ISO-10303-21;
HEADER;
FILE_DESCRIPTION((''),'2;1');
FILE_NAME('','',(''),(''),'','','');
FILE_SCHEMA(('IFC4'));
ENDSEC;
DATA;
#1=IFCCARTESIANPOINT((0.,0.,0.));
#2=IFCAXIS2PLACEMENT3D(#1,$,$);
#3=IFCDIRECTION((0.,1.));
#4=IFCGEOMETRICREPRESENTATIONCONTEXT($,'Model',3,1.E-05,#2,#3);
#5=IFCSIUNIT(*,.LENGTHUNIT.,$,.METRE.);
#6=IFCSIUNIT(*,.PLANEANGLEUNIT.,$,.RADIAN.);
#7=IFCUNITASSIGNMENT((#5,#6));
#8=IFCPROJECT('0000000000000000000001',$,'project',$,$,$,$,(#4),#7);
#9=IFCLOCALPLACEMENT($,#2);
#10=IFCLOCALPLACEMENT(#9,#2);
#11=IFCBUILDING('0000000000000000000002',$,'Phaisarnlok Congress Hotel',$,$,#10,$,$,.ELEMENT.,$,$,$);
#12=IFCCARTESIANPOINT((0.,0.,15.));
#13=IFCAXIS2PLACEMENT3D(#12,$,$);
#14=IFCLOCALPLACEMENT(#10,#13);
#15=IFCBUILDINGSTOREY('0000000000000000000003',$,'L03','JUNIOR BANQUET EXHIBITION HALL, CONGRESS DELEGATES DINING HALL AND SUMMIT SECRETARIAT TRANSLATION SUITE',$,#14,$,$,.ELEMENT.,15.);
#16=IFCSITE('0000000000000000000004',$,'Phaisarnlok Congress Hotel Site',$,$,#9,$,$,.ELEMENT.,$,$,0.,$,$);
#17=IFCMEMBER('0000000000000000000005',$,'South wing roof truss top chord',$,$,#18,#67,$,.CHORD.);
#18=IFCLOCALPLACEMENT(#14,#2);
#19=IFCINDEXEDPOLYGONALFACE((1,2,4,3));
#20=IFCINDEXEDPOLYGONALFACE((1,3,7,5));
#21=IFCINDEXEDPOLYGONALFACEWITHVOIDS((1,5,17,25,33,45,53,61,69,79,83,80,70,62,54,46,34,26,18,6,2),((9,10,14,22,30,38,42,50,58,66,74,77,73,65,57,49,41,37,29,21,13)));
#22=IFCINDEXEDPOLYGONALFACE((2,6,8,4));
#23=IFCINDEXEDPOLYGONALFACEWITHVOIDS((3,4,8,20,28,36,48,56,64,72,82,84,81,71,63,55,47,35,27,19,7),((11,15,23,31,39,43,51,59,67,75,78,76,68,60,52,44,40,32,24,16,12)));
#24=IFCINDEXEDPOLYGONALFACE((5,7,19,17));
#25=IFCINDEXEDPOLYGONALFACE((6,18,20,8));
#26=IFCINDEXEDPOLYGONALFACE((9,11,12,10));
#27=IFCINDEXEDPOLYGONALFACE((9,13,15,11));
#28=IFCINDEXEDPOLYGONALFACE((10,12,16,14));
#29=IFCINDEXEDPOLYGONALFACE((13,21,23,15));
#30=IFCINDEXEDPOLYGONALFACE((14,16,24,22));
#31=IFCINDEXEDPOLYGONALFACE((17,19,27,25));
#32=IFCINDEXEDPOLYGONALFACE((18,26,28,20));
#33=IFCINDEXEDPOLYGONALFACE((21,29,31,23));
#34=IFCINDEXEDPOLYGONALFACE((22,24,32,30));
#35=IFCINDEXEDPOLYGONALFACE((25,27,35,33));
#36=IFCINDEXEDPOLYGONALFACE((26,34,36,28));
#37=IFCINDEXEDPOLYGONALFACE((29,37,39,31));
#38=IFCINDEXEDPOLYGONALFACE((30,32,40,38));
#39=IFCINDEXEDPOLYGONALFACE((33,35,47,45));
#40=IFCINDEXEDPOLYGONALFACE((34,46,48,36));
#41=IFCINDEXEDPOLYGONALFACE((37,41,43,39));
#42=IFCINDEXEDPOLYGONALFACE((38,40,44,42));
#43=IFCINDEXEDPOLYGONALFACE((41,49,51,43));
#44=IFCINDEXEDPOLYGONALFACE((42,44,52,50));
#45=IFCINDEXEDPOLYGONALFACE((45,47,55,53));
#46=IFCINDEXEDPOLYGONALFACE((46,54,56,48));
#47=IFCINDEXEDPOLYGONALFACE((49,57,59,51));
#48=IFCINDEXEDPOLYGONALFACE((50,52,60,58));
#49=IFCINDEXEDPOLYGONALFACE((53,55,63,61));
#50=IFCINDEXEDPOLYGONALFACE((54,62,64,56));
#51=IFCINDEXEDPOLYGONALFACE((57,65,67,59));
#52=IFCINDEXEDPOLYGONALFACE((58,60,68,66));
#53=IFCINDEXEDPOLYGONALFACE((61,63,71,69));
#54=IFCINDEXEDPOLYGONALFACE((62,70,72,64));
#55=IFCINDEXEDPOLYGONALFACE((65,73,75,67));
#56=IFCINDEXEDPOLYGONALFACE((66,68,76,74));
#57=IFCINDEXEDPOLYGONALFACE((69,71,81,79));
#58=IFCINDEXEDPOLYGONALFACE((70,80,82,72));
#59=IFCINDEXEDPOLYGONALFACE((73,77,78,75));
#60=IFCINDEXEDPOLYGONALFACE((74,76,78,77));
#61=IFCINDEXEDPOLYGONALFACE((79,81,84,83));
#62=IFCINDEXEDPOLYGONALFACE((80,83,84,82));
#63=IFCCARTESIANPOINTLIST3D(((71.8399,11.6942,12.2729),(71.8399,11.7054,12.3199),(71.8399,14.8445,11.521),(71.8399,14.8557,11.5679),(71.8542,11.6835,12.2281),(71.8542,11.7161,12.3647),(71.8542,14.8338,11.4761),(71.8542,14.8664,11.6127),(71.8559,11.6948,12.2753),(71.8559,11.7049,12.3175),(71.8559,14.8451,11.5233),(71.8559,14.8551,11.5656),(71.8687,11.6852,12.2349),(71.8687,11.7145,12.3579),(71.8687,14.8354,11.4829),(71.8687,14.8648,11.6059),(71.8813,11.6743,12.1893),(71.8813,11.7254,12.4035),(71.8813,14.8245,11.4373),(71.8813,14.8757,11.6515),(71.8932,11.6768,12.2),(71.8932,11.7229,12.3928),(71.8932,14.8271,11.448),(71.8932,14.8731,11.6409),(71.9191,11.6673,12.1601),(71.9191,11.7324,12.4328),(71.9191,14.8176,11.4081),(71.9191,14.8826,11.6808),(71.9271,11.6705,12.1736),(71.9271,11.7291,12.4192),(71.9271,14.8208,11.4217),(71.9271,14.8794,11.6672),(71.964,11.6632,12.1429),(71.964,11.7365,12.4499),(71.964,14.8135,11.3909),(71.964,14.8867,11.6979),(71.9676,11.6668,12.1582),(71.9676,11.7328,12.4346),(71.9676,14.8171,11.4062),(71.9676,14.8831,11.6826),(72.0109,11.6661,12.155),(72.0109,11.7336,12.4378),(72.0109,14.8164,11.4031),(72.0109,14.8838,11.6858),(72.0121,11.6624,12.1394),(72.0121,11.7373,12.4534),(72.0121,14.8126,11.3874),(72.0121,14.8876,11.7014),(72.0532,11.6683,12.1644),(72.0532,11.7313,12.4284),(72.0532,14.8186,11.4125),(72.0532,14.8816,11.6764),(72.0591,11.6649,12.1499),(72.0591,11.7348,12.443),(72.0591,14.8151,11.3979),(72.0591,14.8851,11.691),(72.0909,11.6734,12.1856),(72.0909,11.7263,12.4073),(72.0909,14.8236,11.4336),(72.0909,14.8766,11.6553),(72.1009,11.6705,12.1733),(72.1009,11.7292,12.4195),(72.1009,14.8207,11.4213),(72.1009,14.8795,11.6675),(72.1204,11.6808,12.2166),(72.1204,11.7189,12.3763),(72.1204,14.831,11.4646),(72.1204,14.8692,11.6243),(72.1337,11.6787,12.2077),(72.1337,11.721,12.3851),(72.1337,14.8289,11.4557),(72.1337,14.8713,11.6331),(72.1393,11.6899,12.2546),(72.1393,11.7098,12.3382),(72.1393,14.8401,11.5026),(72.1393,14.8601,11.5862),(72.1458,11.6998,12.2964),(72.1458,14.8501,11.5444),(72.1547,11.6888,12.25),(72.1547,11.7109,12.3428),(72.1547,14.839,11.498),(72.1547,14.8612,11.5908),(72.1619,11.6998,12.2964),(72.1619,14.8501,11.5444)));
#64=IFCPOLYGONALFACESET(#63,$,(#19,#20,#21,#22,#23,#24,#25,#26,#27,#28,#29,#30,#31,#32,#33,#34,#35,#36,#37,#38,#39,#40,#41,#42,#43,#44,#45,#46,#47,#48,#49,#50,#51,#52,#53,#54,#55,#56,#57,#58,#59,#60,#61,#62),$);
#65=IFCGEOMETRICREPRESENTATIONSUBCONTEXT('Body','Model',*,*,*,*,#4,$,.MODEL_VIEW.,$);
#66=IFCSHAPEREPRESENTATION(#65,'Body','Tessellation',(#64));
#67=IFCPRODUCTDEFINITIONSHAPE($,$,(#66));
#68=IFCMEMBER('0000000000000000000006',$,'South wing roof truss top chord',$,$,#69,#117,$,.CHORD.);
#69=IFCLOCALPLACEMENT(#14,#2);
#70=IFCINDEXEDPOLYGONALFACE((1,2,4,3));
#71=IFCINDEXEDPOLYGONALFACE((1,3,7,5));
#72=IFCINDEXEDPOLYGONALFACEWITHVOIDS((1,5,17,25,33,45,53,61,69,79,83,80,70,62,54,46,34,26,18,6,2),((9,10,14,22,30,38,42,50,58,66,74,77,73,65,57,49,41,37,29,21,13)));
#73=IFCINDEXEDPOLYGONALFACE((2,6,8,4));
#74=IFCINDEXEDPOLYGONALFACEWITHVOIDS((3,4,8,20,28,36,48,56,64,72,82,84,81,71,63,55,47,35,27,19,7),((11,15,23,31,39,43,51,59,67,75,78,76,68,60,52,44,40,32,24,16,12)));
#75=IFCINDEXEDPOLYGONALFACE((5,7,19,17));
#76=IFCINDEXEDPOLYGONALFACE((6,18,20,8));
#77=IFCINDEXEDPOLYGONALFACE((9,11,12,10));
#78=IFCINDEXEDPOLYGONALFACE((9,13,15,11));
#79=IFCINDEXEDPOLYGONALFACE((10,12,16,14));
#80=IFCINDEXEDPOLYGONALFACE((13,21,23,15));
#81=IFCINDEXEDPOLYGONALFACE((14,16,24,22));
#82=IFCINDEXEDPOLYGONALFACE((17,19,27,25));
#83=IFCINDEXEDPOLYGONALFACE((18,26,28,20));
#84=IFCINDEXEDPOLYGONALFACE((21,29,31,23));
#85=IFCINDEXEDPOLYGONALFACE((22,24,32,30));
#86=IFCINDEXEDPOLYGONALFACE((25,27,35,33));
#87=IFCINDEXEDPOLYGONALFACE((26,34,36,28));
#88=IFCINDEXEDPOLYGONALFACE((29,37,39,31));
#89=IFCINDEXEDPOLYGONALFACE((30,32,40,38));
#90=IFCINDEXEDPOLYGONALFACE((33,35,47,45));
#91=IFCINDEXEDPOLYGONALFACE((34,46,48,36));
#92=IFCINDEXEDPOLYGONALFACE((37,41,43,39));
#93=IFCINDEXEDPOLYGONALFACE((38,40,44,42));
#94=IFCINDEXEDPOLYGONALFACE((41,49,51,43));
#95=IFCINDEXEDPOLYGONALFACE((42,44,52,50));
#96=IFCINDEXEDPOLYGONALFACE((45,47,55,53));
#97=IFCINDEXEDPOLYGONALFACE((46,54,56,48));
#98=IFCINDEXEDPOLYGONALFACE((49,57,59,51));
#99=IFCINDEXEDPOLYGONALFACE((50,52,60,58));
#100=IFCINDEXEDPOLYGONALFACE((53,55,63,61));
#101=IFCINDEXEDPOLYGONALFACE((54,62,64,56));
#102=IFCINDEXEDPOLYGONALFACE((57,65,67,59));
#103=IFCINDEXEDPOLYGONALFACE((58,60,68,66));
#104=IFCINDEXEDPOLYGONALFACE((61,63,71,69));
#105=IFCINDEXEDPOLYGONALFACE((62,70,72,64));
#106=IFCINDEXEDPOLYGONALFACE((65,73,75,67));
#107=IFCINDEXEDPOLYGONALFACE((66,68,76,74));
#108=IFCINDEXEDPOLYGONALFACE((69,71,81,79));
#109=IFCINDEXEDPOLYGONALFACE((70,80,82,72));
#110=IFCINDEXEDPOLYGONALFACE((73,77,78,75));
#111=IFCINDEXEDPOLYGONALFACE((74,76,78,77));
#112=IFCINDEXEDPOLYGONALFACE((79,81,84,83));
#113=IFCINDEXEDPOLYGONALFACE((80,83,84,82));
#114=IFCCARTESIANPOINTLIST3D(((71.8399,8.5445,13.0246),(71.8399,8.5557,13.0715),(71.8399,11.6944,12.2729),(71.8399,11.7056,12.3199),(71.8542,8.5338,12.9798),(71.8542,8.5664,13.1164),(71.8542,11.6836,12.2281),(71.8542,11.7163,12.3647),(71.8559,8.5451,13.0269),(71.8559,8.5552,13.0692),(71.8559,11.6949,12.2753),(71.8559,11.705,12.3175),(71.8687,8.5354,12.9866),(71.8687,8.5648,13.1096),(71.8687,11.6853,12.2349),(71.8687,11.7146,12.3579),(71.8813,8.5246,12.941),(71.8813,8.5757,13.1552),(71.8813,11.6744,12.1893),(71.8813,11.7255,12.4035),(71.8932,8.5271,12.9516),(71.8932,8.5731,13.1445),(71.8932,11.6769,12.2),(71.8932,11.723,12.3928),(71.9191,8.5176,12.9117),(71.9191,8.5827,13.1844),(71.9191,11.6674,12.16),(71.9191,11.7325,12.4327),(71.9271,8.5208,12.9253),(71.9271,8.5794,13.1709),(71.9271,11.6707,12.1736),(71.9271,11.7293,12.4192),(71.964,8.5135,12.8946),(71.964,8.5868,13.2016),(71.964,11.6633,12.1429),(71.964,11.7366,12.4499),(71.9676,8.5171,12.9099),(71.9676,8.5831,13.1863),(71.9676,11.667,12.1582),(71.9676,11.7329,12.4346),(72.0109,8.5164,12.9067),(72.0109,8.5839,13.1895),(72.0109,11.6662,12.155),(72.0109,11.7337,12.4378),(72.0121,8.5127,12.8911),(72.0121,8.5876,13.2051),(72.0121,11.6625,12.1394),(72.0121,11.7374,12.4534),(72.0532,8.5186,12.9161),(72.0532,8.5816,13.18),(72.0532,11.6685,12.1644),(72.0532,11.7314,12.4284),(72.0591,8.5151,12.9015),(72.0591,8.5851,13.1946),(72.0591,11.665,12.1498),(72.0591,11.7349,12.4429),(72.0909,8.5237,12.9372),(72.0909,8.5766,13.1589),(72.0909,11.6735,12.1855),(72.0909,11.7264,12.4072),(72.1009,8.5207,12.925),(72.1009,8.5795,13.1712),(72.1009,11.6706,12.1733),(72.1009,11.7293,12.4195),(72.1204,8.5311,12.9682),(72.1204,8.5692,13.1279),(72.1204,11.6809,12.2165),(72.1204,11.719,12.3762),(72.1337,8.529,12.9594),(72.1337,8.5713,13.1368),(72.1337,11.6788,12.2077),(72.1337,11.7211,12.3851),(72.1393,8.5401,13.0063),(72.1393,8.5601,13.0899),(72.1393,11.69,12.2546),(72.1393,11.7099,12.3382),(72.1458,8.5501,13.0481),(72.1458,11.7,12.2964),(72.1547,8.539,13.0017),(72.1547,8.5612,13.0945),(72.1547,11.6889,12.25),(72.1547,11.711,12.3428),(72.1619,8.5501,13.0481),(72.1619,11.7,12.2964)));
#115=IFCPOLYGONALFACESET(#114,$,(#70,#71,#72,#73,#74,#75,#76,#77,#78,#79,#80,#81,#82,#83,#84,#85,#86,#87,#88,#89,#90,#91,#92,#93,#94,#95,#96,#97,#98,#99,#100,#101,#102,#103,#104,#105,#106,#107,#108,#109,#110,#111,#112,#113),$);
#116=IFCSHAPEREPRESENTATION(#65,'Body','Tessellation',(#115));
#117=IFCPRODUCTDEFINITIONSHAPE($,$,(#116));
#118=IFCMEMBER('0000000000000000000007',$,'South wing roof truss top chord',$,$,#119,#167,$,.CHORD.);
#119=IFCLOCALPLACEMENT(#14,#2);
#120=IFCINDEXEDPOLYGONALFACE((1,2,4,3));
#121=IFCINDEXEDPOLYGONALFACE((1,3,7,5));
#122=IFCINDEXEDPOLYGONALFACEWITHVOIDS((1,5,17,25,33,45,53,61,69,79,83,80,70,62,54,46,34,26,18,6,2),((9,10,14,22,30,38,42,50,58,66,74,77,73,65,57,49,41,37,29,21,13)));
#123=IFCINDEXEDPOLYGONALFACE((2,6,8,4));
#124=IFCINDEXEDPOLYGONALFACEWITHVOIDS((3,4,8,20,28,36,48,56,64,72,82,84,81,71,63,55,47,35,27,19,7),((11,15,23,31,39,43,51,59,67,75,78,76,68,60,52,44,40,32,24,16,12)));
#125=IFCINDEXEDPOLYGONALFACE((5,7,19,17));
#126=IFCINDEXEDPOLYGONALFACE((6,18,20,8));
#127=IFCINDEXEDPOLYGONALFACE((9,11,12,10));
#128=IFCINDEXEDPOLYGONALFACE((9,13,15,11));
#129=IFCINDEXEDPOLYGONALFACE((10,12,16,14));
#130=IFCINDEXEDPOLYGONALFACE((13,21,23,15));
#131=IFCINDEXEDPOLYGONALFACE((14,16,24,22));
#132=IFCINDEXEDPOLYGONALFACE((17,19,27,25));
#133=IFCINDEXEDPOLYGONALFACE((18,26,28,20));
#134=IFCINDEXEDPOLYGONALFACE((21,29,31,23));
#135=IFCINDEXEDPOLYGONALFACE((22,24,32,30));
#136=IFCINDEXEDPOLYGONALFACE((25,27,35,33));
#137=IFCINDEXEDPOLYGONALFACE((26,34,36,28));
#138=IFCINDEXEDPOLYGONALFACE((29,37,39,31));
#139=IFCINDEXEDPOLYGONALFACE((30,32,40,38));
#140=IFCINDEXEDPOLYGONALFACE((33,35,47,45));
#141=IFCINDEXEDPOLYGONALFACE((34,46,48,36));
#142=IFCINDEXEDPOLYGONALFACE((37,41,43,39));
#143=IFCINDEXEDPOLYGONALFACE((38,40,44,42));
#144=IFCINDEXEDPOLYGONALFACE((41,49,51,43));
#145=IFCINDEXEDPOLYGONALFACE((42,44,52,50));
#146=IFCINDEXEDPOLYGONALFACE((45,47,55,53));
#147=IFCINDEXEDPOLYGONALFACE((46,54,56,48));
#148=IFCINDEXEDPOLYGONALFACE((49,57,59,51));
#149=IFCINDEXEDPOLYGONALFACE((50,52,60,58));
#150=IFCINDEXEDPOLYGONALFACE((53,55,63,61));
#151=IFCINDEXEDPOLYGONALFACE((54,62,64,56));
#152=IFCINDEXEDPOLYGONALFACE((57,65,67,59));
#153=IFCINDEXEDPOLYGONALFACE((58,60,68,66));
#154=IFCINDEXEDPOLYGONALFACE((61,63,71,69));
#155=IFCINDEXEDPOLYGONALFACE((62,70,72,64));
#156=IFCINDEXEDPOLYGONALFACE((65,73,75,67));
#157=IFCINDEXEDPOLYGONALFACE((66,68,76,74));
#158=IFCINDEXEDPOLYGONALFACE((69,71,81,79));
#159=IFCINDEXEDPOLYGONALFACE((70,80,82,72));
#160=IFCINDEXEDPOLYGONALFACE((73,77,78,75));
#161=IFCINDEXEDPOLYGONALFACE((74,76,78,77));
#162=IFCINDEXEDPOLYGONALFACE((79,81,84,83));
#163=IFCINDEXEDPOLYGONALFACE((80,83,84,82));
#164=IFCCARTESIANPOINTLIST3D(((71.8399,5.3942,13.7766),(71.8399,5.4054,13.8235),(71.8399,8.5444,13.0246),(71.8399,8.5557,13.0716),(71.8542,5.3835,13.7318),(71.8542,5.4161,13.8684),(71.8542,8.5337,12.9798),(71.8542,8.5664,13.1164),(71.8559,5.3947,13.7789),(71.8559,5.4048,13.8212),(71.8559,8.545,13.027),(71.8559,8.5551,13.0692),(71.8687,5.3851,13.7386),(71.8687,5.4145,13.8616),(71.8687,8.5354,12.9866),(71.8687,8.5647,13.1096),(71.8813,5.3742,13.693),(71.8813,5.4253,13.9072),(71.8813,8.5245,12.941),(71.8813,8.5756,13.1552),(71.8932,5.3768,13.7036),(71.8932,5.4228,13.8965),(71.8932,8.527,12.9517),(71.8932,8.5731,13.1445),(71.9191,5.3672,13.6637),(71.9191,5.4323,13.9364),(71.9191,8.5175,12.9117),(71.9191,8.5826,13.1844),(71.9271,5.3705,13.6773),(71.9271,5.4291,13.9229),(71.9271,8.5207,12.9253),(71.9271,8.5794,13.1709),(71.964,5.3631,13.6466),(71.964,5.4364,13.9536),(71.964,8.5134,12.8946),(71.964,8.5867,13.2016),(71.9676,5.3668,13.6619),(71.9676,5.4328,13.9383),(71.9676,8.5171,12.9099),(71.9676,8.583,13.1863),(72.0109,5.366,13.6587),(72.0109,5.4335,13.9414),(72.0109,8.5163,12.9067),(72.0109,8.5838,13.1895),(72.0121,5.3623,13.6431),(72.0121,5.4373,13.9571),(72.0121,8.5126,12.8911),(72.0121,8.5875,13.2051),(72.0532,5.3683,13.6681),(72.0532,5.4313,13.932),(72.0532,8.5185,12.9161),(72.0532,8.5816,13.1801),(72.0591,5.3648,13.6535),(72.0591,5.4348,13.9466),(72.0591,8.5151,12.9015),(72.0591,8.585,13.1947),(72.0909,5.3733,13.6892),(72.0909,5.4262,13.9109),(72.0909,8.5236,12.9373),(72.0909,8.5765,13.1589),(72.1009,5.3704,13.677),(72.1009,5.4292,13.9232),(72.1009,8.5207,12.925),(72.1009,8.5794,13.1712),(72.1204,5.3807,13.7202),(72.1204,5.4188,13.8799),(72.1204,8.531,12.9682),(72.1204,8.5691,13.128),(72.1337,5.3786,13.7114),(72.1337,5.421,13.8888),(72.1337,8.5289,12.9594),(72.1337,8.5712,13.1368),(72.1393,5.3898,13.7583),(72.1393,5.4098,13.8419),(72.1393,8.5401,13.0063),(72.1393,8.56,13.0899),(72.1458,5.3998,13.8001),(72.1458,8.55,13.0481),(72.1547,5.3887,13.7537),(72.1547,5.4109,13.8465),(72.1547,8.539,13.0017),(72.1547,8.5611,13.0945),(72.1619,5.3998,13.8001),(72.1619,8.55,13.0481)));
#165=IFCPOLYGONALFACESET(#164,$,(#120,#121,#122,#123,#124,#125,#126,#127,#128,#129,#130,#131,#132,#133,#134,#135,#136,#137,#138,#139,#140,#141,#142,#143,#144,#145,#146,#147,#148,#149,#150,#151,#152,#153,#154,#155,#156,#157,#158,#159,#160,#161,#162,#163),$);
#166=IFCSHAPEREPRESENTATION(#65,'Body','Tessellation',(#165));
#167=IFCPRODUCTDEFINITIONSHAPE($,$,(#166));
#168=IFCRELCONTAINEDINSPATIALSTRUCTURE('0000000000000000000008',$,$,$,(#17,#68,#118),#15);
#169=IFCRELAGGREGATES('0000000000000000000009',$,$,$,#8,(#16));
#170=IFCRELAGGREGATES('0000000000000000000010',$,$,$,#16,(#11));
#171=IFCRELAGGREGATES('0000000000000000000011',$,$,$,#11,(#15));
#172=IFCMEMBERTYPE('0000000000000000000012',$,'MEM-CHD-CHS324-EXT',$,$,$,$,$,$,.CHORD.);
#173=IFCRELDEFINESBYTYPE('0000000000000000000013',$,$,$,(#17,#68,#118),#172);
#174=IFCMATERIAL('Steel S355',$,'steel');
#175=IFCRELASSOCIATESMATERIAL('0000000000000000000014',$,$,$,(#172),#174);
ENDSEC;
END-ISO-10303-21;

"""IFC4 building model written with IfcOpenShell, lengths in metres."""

from ifc_helpers import new_model, si_unit, direction, frame, origin, origin_2d, place, context, subcontext, project, spatial, hollow_circle, extrude, material, material_profile, profile_set, type_object, element, save


model = new_model("IFC4")

# Units and contexts
model_context = context("Model", 3, precision=1e-05, world=origin(), true_north=direction((0.0, 1.0)))
body_context = subcontext(model_context, "Body", "Model", "MODEL_VIEW")
ifc_project = project(units=[si_unit("LENGTHUNIT", "METRE"), si_unit("PLANEANGLEUNIT", "RADIAN")], contexts=[model_context])

# Site, building, storey
site_placement = place(None, origin())
site = spatial("IfcSite", under=ifc_project, at=site_placement, Name="Phaisarnlok Congress Hotel Site", CompositionType="ELEMENT", RefElevation=0.0)
building_placement = place(site_placement, origin())
building = spatial("IfcBuilding", under=site, at=building_placement, Name="Phaisarnlok Congress Hotel", CompositionType="ELEMENT")
storey_placement = place(building_placement, frame((0.0, 0.0, 15.0)))
storey = spatial("IfcBuildingStorey", under=building, at=storey_placement, Name="L03", Description="JUNIOR BANQUET EXHIBITION HALL, CONGRESS DELEGATES DINING HALL AND SUMMIT SECRETARIAT TRANSLATION SUITE", CompositionType="ELEMENT", Elevation=15.0)

# Shared definitions
ifc_material = material(Name="Steel S355", Category="steel")

# Members
ifc_material_profile_1 = material_profile(ifc_material, hollow_circle(Radius=0.1619, WallThickness=0.0161, at=origin_2d()), Name="CHS 323.9x16")
ifc_profile_set_1 = profile_set([ifc_material_profile_1], Name="Steel S355")
member_type_1 = type_object("IfcMemberType", Name="MEM-CHD-CHS324-EXT", PredefinedType="CHORD", material=ifc_profile_set_1)
member_1_placement = place(storey_placement, frame((72.0, 14.8501, 11.5444), z_axis=(0.0, -0.972673, 0.232181), x_axis=(1.0, 0.0, 0.0)))
element("IfcMember", 1, at=member_1_placement, inside=storey, type_object=member_type_1, Name="South wing roof truss top chord", PredefinedType="CHORD", context=body_context, shape_type="SweptSolid", body=[
    extrude(hollow_circle(Radius=0.1619, WallThickness=0.0161, at=origin_2d()), origin(), (0.0, 0.0, 1.0), 3.2388),
])
member_2_placement = place(storey_placement, frame((72.0, 11.7, 12.2964), z_axis=(0.0, -0.972686, 0.232127), x_axis=(1.0, 0.0, 0.0)))
element("IfcMember", 2, at=member_2_placement, inside=storey, type_object=member_type_1, Name="South wing roof truss top chord", PredefinedType="CHORD", context=body_context, shape_type="SweptSolid", body=[
    extrude(hollow_circle(Radius=0.1619, WallThickness=0.0161, at=origin_2d()), origin(), (0.0, 0.0, 1.0), 3.2383),
])
for number, where, z_axis, x_axis, name in (
    (3, (72.0, 8.55, 13.0481), (0.0, -0.972673, 0.232181), (1.0, 0.0, 0.0), "South wing roof truss top chord"),
):
    element("IfcMember", number, at=place(storey_placement, frame(where, z_axis=z_axis, x_axis=x_axis)), inside=storey, type_object=member_type_1, Name=name, PredefinedType="CHORD", context=body_context, shape_type="SweptSolid", body=[
        extrude(hollow_circle(Radius=0.1619, WallThickness=0.0161, at=origin_2d()), origin(), (0.0, 0.0, 1.0), 3.2388),
    ])

save(model, "model.ifc")
